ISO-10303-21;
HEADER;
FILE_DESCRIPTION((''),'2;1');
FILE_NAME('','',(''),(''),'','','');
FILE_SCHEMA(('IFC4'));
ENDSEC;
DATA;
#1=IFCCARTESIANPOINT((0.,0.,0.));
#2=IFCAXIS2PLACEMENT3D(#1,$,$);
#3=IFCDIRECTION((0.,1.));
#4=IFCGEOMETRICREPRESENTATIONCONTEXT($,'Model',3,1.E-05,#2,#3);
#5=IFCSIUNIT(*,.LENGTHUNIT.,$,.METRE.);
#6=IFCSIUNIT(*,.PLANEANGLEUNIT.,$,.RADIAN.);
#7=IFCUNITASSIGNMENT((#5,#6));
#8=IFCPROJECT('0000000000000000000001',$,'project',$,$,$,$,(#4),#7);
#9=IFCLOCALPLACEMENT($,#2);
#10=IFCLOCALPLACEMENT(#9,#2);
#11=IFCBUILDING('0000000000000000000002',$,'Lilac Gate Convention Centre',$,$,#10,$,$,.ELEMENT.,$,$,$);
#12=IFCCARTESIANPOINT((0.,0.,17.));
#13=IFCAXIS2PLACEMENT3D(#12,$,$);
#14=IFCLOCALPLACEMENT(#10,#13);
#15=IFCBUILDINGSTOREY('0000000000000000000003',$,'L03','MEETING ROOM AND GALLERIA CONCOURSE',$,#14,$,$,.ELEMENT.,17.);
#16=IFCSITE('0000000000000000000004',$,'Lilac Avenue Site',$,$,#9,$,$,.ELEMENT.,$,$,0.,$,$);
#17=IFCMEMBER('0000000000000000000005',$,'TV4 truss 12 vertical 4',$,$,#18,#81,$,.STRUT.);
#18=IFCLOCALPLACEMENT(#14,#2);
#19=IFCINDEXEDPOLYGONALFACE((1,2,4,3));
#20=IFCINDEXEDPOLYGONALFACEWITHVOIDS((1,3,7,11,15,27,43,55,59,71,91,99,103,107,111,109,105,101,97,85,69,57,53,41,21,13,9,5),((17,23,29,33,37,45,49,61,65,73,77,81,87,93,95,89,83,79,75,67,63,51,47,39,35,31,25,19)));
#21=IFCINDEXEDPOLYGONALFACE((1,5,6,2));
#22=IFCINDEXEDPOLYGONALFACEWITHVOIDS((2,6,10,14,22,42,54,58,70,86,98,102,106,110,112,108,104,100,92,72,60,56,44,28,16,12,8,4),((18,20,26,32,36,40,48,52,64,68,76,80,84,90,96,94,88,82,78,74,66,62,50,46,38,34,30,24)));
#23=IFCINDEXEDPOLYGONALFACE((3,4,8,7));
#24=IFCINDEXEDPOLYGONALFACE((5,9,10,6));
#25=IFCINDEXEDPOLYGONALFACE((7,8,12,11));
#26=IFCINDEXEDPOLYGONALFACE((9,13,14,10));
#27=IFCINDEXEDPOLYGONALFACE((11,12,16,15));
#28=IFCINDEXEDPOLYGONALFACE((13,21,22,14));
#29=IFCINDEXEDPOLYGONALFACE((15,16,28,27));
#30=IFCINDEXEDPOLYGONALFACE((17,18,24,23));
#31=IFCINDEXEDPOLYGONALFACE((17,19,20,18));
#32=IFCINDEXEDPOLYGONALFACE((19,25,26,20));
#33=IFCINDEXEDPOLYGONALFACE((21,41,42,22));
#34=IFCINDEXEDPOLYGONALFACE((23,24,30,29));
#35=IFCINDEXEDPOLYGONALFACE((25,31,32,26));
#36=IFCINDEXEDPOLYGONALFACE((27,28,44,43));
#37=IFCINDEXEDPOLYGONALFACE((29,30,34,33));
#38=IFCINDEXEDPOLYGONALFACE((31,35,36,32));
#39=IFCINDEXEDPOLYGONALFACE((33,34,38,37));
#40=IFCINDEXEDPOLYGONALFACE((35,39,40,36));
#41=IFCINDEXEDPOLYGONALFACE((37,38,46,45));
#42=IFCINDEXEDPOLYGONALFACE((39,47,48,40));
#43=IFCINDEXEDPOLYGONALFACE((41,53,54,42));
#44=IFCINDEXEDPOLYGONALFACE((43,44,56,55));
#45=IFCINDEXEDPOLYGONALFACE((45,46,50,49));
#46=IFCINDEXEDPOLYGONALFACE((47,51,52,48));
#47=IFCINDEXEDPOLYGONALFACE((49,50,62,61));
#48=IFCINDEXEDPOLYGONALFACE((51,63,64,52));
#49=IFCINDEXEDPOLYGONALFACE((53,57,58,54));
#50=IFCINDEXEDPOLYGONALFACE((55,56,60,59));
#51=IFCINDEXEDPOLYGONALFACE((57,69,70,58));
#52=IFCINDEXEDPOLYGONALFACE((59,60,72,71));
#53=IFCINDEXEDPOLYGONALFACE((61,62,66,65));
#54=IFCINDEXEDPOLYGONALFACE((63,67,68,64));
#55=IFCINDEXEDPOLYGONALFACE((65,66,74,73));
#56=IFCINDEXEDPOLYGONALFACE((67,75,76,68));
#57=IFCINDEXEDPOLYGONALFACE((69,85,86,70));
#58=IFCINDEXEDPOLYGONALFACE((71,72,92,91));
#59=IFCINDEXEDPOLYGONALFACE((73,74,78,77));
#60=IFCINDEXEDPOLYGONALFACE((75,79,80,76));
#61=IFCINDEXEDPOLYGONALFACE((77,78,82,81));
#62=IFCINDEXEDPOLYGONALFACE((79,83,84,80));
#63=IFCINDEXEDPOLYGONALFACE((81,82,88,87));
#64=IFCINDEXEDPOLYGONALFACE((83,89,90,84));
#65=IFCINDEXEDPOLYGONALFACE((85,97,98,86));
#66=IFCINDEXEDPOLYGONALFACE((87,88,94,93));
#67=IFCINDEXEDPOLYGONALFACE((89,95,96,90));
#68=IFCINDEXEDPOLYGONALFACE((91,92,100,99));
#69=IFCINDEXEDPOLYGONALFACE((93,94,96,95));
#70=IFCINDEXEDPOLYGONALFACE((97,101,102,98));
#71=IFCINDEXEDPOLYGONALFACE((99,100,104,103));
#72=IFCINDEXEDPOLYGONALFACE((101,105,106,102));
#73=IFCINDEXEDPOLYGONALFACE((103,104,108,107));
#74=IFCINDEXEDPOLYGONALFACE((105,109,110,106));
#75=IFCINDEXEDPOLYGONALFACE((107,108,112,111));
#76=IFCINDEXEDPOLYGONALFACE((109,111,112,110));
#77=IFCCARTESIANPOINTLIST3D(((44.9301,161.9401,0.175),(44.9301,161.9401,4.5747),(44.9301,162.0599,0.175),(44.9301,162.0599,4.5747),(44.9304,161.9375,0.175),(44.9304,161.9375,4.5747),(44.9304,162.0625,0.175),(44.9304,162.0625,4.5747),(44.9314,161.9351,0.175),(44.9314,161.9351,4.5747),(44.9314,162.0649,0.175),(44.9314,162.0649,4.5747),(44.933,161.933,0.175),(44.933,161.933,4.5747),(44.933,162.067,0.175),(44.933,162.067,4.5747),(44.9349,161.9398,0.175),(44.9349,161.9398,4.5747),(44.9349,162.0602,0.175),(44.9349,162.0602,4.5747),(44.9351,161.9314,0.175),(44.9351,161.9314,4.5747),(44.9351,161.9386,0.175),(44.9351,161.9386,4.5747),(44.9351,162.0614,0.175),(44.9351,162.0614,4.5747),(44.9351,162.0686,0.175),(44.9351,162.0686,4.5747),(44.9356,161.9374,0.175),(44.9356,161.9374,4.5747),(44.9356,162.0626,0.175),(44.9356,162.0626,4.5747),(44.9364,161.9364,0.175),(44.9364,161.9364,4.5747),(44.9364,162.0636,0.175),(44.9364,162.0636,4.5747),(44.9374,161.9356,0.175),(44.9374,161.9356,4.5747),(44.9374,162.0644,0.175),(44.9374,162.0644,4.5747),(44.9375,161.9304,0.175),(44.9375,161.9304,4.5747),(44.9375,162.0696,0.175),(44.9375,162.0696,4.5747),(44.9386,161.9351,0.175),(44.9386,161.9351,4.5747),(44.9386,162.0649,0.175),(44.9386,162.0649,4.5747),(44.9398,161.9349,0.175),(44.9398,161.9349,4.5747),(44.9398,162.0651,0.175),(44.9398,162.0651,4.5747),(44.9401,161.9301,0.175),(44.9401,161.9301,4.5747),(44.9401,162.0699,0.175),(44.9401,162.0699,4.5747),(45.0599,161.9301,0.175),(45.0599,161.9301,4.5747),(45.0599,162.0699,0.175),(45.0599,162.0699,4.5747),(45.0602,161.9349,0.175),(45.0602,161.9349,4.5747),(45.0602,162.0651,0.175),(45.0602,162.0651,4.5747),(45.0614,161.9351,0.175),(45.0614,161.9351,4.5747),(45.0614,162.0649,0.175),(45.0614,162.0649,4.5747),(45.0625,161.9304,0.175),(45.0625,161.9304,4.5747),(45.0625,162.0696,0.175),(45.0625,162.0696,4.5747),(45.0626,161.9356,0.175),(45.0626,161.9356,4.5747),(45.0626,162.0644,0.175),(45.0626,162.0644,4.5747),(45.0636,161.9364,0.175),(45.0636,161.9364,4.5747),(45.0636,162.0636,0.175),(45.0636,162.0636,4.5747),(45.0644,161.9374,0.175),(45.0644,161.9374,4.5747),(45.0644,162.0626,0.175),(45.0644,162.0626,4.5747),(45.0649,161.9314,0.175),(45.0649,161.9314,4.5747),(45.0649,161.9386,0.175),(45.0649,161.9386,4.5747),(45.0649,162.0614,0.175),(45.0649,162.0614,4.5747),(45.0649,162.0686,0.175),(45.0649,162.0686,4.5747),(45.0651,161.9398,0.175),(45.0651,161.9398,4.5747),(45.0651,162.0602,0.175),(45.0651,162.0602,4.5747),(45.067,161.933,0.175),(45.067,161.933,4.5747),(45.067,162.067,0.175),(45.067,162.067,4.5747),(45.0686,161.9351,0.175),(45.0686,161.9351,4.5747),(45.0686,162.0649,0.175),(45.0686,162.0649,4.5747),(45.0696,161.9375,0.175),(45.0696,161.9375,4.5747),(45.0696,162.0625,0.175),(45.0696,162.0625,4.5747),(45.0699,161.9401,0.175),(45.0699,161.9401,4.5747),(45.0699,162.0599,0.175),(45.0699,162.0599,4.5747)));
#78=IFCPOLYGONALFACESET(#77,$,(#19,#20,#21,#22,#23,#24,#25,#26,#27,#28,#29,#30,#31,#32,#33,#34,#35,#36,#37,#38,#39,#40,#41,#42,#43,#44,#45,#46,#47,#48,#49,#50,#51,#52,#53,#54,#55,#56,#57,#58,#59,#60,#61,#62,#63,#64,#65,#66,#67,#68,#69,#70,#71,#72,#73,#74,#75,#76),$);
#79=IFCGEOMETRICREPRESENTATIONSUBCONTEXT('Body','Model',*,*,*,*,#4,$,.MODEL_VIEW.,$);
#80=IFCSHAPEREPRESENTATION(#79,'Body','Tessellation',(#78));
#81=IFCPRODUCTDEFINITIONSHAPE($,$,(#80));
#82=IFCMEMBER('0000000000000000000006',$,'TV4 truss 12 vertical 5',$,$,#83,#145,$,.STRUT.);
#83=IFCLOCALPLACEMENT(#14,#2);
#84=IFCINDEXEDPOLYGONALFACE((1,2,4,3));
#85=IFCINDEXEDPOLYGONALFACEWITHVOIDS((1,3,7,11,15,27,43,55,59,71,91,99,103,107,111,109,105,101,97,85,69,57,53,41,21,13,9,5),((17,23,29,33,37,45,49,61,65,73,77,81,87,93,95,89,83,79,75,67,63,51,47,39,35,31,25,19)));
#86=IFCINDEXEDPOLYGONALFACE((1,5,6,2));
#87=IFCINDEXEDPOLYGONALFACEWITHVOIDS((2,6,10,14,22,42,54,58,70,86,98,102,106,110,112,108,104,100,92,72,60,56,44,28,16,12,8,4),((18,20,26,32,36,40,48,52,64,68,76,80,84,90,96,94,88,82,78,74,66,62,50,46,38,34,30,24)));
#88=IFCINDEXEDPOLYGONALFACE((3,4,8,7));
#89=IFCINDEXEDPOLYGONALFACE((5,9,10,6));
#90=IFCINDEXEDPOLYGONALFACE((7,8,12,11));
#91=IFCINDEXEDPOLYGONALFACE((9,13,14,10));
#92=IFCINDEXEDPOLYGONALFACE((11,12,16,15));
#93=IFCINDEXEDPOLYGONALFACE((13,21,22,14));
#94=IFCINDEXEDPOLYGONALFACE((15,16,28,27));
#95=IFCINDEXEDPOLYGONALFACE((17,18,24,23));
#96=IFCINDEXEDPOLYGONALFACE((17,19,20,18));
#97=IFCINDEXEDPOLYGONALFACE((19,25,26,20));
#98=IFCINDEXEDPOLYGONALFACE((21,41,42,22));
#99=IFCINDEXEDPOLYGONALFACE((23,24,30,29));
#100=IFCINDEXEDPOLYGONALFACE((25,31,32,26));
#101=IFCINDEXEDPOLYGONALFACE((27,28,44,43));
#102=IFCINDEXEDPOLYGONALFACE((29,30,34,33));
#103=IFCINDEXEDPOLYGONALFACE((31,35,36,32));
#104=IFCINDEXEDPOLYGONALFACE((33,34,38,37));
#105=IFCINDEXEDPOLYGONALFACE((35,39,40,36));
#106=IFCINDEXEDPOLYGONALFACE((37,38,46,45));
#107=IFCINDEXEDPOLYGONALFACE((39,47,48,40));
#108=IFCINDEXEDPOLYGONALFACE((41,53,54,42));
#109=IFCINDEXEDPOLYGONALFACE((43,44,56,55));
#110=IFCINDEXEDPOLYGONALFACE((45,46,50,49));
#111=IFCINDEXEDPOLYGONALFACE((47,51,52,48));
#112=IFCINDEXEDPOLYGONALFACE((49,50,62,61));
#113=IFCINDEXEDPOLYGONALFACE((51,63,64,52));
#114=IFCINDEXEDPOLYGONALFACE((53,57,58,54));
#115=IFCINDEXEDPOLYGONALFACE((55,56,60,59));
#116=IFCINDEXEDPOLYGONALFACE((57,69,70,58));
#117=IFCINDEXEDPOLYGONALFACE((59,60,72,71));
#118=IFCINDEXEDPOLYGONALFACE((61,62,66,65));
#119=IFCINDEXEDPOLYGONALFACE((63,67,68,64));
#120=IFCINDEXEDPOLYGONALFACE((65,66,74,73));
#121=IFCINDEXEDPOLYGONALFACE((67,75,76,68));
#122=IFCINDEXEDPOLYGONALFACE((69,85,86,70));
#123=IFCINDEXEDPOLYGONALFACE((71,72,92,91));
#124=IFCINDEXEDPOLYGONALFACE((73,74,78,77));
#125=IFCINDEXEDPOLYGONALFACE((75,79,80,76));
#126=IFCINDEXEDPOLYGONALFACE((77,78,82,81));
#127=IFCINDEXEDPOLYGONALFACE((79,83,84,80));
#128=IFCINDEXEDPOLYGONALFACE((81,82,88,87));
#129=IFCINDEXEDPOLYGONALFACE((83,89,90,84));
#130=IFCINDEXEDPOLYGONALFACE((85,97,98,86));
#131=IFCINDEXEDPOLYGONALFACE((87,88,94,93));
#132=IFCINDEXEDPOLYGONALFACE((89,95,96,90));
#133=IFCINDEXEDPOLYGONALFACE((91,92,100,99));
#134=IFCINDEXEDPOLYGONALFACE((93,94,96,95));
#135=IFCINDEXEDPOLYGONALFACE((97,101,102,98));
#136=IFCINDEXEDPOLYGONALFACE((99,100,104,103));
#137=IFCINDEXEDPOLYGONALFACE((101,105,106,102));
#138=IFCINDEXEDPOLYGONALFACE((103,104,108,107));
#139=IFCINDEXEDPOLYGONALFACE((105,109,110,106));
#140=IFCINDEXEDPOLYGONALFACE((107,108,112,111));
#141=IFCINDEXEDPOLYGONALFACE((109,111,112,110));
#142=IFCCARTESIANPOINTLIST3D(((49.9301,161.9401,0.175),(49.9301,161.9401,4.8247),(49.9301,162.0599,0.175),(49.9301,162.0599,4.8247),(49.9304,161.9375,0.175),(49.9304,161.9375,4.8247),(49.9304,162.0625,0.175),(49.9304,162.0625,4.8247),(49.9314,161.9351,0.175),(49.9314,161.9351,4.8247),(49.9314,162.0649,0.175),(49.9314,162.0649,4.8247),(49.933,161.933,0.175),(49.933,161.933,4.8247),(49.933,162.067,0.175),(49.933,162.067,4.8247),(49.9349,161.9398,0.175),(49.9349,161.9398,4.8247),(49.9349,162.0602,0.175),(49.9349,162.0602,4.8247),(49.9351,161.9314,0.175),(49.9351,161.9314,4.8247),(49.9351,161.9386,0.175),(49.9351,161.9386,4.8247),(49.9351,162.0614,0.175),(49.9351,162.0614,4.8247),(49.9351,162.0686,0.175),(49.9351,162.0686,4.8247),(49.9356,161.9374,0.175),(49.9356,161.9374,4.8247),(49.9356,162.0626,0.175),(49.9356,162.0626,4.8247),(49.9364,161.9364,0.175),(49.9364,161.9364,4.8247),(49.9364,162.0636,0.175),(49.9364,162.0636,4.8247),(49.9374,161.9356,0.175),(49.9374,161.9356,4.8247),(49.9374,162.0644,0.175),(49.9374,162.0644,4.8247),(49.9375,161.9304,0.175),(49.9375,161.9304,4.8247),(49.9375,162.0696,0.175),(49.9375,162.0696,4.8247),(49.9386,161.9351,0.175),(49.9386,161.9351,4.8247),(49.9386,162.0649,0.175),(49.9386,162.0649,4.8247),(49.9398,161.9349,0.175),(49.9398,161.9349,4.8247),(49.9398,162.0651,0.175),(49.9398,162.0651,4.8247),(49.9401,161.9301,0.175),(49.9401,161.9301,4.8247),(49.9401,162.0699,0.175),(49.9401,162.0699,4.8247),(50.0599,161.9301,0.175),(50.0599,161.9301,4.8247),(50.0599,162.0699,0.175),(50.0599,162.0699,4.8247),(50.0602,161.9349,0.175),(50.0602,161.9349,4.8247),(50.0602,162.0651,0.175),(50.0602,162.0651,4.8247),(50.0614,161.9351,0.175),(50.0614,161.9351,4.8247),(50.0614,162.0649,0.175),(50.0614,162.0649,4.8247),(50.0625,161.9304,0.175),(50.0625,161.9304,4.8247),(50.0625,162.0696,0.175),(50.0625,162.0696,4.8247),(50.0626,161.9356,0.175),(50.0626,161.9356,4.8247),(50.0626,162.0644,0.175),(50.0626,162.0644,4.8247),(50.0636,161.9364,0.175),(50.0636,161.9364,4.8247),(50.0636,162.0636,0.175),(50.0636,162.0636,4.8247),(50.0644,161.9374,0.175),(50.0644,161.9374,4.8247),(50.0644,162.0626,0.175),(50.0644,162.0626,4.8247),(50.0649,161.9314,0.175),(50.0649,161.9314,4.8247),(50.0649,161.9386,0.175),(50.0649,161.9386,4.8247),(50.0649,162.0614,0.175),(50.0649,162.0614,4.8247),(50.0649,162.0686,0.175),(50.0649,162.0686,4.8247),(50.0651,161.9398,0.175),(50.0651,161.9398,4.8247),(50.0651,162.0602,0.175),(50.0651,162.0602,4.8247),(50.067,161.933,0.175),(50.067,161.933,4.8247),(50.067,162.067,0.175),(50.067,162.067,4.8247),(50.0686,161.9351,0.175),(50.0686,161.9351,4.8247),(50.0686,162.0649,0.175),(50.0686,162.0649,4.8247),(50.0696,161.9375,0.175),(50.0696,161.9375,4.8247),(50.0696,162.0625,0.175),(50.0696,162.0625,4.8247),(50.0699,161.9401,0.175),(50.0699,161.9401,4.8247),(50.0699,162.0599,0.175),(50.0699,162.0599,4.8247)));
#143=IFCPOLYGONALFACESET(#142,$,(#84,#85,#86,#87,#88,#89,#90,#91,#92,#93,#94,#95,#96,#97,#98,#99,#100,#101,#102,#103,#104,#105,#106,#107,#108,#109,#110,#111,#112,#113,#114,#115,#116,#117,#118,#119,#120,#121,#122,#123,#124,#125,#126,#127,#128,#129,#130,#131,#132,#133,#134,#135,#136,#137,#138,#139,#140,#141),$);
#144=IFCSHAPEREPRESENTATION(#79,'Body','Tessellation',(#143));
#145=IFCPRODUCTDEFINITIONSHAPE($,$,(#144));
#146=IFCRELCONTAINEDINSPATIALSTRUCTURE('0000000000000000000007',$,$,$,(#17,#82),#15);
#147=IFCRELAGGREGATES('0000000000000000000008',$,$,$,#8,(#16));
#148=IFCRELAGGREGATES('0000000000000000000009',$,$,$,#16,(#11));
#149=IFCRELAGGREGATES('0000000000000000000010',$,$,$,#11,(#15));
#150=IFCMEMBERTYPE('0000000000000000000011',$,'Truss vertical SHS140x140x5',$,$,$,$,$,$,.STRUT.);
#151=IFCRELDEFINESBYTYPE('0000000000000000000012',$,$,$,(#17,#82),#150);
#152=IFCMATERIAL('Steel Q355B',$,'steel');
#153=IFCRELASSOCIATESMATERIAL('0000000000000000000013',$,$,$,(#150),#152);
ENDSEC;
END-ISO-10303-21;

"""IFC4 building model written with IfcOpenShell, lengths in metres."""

from ifc_helpers import new_model, si_unit, direction, frame, origin, origin_2d, place, context, subcontext, project, spatial, hollow_rectangle, extrude, material, material_profile, profile_set, type_object, element, save


model = new_model("IFC4")

# Units and contexts
model_context = context("Model", 3, precision=1e-05, world=origin(), true_north=direction((0.0, 1.0)))
body_context = subcontext(model_context, "Body", "Model", "MODEL_VIEW")
ifc_project = project(units=[si_unit("LENGTHUNIT", "METRE"), si_unit("PLANEANGLEUNIT", "RADIAN")], contexts=[model_context])

# Site, building, storey
site_placement = place(None, origin())
site = spatial("IfcSite", under=ifc_project, at=site_placement, Name="Lilac Avenue Site", CompositionType="ELEMENT", RefElevation=0.0)
building_placement = place(site_placement, origin())
building = spatial("IfcBuilding", under=site, at=building_placement, Name="Lilac Gate Convention Centre", CompositionType="ELEMENT")
storey_placement = place(building_placement, frame((0.0, 0.0, 17.0)))
storey = spatial("IfcBuildingStorey", under=building, at=storey_placement, Name="L03", Description="MEETING ROOM AND GALLERIA CONCOURSE", CompositionType="ELEMENT", Elevation=17.0)

# Members
ifc_material = material(Name="Steel Q355B", Category="steel")
ifc_material_profile_1 = material_profile(ifc_material, hollow_rectangle(XDim=0.1399, YDim=0.1399, WallThickness=0.0049, InnerFilletRadius=0.0049, OuterFilletRadius=0.01, at=origin_2d()), Name="SHS140x140x5")
ifc_profile_set_1 = profile_set([ifc_material_profile_1], Name="Steel Q355B")
member_type_1 = type_object("IfcMemberType", Name="Truss vertical SHS140x140x5", PredefinedType="STRUT", material=ifc_profile_set_1)
member_1_placement = place(storey_placement, frame((45.0, 162.0, 0.175), z_axis=(0.0, 0.0, 1.0), x_axis=(1.0, 0.0, 0.0)))
element("IfcMember", 1, at=member_1_placement, inside=storey, type_object=member_type_1, Name="TV4 truss 12 vertical 4", PredefinedType="STRUT", context=body_context, shape_type="SweptSolid", body=[
    extrude(hollow_rectangle(XDim=0.1399, YDim=0.1399, WallThickness=0.0049, InnerFilletRadius=0.0049, OuterFilletRadius=0.01, at=origin_2d()), origin(), (0.0, 0.0, 1.0), 4.3997),
])
member_2_placement = place(storey_placement, frame((50.0, 162.0, 0.175), z_axis=(0.0, 0.0, 1.0), x_axis=(1.0, 0.0, 0.0)))
element("IfcMember", 2, at=member_2_placement, inside=storey, type_object=member_type_1, Name="TV4 truss 12 vertical 5", PredefinedType="STRUT", context=body_context, shape_type="SweptSolid", body=[
    extrude(hollow_rectangle(XDim=0.1399, YDim=0.1399, WallThickness=0.0049, InnerFilletRadius=0.0049, OuterFilletRadius=0.01, at=origin_2d()), origin(), (0.0, 0.0, 1.0), 4.6497),
])

save(model, "model.ifc")
